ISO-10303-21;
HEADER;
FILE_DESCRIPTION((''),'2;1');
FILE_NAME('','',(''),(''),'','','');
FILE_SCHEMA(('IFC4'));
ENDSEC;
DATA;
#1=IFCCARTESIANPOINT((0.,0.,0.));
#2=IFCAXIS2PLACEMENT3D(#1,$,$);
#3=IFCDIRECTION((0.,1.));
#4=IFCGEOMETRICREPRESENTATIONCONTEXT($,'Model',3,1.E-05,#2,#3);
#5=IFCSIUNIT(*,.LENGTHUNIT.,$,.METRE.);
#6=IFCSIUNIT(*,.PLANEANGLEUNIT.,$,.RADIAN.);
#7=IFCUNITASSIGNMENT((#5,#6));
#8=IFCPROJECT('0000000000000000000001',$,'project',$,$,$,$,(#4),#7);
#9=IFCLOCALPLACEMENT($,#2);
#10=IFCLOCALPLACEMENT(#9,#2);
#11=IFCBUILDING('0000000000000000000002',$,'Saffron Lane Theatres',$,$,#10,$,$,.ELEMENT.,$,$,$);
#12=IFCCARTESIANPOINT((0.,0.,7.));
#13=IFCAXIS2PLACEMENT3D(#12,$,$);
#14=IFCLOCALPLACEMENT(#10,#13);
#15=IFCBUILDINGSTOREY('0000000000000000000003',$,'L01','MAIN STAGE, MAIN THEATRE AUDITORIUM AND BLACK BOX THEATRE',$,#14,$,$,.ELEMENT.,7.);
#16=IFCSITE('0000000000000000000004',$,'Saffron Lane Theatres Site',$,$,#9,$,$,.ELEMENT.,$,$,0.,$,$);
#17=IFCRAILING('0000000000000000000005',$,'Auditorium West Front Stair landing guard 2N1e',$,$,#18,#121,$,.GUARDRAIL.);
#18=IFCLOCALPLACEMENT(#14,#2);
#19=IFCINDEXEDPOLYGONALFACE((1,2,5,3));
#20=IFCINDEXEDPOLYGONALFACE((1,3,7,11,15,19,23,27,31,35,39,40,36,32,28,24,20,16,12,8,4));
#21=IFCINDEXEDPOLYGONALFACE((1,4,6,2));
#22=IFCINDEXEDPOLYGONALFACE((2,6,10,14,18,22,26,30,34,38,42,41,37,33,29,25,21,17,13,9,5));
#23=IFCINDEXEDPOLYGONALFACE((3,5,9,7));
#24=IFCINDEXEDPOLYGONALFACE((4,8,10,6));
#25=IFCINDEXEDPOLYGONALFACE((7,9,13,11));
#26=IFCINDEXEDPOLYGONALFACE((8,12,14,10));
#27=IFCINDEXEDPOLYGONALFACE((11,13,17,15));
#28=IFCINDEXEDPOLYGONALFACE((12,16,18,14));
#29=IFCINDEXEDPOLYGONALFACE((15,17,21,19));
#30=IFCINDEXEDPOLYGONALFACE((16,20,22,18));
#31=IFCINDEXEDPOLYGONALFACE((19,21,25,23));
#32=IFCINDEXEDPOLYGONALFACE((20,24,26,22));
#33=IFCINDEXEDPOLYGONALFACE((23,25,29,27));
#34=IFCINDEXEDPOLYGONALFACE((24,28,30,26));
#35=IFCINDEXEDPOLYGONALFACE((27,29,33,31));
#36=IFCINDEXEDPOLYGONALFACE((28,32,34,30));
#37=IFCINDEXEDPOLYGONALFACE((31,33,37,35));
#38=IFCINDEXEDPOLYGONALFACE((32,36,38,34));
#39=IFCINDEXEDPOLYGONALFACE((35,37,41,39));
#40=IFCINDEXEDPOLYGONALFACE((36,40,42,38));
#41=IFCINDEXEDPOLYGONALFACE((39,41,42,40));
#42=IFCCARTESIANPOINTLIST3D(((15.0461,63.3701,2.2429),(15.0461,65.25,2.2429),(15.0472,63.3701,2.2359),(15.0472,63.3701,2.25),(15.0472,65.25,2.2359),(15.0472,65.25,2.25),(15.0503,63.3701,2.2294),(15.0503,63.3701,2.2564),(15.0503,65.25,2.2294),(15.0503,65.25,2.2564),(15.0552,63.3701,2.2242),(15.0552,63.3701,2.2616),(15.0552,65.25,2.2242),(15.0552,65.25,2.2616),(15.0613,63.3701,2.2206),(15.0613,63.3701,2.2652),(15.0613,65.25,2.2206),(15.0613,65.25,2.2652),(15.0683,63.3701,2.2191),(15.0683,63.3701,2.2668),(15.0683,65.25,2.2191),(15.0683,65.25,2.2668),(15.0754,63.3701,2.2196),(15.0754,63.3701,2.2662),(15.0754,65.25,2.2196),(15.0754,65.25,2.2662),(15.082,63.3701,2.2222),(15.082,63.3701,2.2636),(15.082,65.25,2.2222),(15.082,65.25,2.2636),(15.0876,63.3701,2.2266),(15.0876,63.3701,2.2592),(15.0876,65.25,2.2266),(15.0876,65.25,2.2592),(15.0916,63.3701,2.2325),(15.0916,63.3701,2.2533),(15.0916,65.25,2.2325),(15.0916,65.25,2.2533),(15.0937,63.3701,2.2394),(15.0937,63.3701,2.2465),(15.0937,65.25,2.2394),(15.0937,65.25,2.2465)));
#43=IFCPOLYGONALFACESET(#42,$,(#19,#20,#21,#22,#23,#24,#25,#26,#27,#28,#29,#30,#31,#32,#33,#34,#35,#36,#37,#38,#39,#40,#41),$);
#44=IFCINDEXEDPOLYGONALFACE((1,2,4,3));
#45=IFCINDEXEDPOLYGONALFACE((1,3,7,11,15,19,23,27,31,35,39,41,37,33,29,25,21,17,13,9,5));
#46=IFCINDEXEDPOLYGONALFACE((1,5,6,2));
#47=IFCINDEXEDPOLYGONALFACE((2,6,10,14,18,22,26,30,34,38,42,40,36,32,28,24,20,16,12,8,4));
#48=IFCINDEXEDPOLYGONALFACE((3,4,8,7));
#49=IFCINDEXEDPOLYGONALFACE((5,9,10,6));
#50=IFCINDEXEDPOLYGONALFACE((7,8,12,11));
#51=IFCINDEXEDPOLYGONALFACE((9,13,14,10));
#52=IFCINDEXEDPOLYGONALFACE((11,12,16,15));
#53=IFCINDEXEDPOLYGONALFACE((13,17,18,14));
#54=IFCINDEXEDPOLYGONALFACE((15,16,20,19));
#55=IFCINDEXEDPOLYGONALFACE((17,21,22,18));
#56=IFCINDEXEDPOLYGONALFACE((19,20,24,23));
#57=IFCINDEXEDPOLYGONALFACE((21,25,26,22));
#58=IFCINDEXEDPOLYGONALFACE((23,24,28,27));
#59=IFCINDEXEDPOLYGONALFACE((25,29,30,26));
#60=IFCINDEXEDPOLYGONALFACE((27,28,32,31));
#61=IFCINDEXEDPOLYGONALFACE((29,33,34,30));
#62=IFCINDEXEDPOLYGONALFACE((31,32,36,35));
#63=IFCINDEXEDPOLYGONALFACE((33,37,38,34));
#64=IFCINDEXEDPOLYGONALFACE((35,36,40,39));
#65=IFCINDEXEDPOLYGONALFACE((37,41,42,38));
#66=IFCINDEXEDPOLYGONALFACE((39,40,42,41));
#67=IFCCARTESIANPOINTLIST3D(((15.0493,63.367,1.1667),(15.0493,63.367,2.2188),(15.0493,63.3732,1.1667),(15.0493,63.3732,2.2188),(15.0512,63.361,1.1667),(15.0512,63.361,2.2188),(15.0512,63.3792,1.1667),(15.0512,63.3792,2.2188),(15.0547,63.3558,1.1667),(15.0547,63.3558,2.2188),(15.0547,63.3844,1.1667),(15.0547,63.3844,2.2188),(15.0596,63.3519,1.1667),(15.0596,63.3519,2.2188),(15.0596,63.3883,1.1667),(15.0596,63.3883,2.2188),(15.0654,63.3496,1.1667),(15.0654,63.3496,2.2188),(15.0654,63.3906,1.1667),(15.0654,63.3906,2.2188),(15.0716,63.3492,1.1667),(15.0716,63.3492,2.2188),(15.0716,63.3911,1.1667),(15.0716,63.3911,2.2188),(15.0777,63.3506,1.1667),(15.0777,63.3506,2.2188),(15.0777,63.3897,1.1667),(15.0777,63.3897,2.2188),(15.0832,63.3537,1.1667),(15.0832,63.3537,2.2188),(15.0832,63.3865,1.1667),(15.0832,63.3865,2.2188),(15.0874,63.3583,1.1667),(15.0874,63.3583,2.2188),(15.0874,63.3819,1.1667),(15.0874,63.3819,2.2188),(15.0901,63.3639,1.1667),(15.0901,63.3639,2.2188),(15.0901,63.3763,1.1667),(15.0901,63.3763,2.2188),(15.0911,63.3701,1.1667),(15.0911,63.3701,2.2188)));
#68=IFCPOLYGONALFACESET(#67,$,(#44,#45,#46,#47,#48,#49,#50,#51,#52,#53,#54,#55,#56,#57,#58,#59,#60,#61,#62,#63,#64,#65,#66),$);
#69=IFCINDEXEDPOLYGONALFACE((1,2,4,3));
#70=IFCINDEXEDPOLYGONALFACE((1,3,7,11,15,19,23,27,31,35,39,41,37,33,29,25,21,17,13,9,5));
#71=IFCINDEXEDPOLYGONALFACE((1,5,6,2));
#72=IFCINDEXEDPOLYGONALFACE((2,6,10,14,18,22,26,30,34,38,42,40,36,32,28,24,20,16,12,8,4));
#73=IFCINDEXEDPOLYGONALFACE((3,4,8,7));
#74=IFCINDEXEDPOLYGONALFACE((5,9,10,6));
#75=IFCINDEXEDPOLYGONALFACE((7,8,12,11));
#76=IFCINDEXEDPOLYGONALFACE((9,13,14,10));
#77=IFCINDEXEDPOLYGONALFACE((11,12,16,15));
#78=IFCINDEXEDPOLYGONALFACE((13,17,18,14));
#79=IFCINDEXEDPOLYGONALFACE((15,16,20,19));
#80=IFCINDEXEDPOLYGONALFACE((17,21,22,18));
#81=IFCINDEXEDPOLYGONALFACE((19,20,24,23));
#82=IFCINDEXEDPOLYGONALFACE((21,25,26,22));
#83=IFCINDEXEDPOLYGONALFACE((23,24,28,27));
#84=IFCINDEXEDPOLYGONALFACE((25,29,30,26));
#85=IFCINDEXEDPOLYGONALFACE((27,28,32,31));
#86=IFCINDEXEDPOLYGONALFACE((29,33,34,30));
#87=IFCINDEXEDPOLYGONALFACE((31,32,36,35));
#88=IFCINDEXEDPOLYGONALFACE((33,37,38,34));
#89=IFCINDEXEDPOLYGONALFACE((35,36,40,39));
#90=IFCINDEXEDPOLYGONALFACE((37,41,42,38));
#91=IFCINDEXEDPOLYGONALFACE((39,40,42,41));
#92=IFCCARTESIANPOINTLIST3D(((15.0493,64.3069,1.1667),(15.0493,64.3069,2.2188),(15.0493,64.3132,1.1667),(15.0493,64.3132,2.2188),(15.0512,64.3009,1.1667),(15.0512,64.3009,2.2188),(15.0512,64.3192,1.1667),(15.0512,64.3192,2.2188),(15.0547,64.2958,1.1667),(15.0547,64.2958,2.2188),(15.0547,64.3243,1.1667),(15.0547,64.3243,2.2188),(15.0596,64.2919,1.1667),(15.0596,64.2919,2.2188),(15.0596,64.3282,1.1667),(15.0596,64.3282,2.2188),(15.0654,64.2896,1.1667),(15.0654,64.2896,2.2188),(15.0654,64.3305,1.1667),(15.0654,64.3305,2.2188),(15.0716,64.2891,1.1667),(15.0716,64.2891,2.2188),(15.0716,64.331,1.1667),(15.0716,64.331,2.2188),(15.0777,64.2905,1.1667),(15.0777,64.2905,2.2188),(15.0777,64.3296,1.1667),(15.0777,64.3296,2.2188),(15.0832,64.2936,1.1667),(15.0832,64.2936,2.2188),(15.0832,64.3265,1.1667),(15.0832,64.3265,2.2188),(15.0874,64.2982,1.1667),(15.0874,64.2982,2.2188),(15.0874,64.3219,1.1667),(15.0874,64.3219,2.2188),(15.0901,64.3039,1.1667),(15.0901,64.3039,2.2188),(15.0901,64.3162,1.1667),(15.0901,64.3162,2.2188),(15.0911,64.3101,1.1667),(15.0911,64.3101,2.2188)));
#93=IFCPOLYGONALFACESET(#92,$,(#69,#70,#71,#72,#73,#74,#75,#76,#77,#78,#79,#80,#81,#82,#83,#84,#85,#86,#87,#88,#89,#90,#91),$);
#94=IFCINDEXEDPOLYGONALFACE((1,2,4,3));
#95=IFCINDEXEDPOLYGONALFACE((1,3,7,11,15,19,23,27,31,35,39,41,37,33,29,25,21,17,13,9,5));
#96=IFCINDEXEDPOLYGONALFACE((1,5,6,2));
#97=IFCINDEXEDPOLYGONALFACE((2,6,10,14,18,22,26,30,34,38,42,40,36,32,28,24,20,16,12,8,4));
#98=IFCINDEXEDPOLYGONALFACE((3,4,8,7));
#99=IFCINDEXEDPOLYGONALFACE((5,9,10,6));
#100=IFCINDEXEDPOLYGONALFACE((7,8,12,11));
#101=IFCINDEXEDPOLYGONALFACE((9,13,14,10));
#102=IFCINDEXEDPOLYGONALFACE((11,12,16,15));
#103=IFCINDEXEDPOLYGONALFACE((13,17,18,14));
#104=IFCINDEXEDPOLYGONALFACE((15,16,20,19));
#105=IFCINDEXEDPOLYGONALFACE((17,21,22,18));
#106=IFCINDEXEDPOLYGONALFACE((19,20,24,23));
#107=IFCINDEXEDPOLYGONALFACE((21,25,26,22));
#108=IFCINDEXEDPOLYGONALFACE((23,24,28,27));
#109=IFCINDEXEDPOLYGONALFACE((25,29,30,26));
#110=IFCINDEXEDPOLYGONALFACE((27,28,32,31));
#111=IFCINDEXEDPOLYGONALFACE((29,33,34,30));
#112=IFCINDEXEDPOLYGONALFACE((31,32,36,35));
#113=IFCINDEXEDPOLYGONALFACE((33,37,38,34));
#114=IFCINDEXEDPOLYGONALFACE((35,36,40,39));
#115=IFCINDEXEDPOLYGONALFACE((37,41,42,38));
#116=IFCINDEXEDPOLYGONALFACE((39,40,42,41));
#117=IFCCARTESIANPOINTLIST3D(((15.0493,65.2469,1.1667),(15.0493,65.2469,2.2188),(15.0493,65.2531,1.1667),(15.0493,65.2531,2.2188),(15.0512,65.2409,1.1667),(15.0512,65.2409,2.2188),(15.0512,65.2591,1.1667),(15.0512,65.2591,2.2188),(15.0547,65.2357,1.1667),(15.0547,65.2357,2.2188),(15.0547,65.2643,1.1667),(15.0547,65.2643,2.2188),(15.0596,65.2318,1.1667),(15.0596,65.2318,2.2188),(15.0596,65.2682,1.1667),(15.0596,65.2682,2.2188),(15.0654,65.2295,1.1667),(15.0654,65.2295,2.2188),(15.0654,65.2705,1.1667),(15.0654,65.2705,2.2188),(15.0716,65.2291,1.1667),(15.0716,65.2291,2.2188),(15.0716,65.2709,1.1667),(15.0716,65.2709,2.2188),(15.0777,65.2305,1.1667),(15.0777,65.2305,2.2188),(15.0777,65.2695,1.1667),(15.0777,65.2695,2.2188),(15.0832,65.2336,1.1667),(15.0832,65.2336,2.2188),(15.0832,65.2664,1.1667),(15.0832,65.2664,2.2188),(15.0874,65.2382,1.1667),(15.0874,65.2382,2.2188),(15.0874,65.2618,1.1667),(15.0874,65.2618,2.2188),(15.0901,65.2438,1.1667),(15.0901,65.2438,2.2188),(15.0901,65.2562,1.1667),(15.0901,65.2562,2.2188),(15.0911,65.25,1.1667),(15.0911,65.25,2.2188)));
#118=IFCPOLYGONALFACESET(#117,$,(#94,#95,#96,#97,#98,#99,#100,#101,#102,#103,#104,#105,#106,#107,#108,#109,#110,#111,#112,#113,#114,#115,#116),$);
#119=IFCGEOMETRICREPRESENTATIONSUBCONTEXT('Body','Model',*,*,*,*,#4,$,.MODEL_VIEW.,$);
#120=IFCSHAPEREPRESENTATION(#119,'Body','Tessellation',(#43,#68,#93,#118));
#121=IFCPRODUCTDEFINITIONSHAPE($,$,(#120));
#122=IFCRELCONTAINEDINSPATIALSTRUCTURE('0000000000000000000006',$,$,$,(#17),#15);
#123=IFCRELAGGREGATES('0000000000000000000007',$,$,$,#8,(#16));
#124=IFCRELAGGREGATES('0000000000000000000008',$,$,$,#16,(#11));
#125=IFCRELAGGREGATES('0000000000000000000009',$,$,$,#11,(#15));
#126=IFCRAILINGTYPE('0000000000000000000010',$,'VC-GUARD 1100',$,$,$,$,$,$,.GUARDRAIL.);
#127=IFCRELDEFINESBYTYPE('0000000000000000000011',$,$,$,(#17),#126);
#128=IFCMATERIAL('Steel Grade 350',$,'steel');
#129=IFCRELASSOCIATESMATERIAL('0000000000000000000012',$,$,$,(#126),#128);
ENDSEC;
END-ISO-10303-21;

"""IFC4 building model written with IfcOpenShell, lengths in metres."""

from ifc_helpers import new_model, si_unit, direction, frame, origin, origin_2d, place, context, subcontext, project, spatial, circle, extrude, material, type_object, element, save


model = new_model("IFC4")

# Units and contexts
model_context = context("Model", 3, precision=1e-05, world=origin(), true_north=direction((0.0, 1.0)))
body_context = subcontext(model_context, "Body", "Model", "MODEL_VIEW")
ifc_project = project(units=[si_unit("LENGTHUNIT", "METRE"), si_unit("PLANEANGLEUNIT", "RADIAN")], contexts=[model_context])

# Site, building, storey
site_placement = place(None, origin())
site = spatial("IfcSite", under=ifc_project, at=site_placement, Name="Saffron Lane Theatres Site", CompositionType="ELEMENT", RefElevation=0.0)
building_placement = place(site_placement, origin())
building = spatial("IfcBuilding", under=site, at=building_placement, Name="Saffron Lane Theatres", CompositionType="ELEMENT")
storey_placement = place(building_placement, frame((0.0, 0.0, 7.0)))
storey = spatial("IfcBuildingStorey", under=building, at=storey_placement, Name="L01", Description="MAIN STAGE, MAIN THEATRE AUDITORIUM AND BLACK BOX THEATRE", CompositionType="ELEMENT", Elevation=7.0)

# Railing
ifc_material_1 = material(Name="Steel Grade 350", Category="steel")
railing_type_1 = type_object("IfcRailingType", Name="VC-GUARD 1100", PredefinedType="GUARDRAIL", material=ifc_material_1)
railing_1_placement = place(storey_placement, frame((15.0701, 63.3701, 1.1667)))
element("IfcRailing", 1, at=railing_1_placement, inside=storey, type_object=railing_type_1, Name="Auditorium West Front Stair landing guard 2N1e", PredefinedType="GUARDRAIL", context=body_context, shape_type="SweptSolid", body=[
    extrude(circle(Radius=0.0239, at=origin_2d()), frame((0.0, 0.0, 1.0762), z_axis=(0.0, 1.0, 0.0), x_axis=(-1.0, 0.0, 0.0)), (0.0, 0.0, 1.0), 1.8799),
    extrude(circle(Radius=0.021, at=origin_2d()), origin(), (0.0, 0.0, 1.0), 1.052),
    extrude(circle(Radius=0.021, at=origin_2d()), frame((0.0, 0.9399, 0.0)), (0.0, 0.0, 1.0), 1.052),
    extrude(circle(Radius=0.021, at=origin_2d()), frame((0.0, 1.8799, 0.0)), (0.0, 0.0, 1.0), 1.052),
])

save(model, "model.ifc")
